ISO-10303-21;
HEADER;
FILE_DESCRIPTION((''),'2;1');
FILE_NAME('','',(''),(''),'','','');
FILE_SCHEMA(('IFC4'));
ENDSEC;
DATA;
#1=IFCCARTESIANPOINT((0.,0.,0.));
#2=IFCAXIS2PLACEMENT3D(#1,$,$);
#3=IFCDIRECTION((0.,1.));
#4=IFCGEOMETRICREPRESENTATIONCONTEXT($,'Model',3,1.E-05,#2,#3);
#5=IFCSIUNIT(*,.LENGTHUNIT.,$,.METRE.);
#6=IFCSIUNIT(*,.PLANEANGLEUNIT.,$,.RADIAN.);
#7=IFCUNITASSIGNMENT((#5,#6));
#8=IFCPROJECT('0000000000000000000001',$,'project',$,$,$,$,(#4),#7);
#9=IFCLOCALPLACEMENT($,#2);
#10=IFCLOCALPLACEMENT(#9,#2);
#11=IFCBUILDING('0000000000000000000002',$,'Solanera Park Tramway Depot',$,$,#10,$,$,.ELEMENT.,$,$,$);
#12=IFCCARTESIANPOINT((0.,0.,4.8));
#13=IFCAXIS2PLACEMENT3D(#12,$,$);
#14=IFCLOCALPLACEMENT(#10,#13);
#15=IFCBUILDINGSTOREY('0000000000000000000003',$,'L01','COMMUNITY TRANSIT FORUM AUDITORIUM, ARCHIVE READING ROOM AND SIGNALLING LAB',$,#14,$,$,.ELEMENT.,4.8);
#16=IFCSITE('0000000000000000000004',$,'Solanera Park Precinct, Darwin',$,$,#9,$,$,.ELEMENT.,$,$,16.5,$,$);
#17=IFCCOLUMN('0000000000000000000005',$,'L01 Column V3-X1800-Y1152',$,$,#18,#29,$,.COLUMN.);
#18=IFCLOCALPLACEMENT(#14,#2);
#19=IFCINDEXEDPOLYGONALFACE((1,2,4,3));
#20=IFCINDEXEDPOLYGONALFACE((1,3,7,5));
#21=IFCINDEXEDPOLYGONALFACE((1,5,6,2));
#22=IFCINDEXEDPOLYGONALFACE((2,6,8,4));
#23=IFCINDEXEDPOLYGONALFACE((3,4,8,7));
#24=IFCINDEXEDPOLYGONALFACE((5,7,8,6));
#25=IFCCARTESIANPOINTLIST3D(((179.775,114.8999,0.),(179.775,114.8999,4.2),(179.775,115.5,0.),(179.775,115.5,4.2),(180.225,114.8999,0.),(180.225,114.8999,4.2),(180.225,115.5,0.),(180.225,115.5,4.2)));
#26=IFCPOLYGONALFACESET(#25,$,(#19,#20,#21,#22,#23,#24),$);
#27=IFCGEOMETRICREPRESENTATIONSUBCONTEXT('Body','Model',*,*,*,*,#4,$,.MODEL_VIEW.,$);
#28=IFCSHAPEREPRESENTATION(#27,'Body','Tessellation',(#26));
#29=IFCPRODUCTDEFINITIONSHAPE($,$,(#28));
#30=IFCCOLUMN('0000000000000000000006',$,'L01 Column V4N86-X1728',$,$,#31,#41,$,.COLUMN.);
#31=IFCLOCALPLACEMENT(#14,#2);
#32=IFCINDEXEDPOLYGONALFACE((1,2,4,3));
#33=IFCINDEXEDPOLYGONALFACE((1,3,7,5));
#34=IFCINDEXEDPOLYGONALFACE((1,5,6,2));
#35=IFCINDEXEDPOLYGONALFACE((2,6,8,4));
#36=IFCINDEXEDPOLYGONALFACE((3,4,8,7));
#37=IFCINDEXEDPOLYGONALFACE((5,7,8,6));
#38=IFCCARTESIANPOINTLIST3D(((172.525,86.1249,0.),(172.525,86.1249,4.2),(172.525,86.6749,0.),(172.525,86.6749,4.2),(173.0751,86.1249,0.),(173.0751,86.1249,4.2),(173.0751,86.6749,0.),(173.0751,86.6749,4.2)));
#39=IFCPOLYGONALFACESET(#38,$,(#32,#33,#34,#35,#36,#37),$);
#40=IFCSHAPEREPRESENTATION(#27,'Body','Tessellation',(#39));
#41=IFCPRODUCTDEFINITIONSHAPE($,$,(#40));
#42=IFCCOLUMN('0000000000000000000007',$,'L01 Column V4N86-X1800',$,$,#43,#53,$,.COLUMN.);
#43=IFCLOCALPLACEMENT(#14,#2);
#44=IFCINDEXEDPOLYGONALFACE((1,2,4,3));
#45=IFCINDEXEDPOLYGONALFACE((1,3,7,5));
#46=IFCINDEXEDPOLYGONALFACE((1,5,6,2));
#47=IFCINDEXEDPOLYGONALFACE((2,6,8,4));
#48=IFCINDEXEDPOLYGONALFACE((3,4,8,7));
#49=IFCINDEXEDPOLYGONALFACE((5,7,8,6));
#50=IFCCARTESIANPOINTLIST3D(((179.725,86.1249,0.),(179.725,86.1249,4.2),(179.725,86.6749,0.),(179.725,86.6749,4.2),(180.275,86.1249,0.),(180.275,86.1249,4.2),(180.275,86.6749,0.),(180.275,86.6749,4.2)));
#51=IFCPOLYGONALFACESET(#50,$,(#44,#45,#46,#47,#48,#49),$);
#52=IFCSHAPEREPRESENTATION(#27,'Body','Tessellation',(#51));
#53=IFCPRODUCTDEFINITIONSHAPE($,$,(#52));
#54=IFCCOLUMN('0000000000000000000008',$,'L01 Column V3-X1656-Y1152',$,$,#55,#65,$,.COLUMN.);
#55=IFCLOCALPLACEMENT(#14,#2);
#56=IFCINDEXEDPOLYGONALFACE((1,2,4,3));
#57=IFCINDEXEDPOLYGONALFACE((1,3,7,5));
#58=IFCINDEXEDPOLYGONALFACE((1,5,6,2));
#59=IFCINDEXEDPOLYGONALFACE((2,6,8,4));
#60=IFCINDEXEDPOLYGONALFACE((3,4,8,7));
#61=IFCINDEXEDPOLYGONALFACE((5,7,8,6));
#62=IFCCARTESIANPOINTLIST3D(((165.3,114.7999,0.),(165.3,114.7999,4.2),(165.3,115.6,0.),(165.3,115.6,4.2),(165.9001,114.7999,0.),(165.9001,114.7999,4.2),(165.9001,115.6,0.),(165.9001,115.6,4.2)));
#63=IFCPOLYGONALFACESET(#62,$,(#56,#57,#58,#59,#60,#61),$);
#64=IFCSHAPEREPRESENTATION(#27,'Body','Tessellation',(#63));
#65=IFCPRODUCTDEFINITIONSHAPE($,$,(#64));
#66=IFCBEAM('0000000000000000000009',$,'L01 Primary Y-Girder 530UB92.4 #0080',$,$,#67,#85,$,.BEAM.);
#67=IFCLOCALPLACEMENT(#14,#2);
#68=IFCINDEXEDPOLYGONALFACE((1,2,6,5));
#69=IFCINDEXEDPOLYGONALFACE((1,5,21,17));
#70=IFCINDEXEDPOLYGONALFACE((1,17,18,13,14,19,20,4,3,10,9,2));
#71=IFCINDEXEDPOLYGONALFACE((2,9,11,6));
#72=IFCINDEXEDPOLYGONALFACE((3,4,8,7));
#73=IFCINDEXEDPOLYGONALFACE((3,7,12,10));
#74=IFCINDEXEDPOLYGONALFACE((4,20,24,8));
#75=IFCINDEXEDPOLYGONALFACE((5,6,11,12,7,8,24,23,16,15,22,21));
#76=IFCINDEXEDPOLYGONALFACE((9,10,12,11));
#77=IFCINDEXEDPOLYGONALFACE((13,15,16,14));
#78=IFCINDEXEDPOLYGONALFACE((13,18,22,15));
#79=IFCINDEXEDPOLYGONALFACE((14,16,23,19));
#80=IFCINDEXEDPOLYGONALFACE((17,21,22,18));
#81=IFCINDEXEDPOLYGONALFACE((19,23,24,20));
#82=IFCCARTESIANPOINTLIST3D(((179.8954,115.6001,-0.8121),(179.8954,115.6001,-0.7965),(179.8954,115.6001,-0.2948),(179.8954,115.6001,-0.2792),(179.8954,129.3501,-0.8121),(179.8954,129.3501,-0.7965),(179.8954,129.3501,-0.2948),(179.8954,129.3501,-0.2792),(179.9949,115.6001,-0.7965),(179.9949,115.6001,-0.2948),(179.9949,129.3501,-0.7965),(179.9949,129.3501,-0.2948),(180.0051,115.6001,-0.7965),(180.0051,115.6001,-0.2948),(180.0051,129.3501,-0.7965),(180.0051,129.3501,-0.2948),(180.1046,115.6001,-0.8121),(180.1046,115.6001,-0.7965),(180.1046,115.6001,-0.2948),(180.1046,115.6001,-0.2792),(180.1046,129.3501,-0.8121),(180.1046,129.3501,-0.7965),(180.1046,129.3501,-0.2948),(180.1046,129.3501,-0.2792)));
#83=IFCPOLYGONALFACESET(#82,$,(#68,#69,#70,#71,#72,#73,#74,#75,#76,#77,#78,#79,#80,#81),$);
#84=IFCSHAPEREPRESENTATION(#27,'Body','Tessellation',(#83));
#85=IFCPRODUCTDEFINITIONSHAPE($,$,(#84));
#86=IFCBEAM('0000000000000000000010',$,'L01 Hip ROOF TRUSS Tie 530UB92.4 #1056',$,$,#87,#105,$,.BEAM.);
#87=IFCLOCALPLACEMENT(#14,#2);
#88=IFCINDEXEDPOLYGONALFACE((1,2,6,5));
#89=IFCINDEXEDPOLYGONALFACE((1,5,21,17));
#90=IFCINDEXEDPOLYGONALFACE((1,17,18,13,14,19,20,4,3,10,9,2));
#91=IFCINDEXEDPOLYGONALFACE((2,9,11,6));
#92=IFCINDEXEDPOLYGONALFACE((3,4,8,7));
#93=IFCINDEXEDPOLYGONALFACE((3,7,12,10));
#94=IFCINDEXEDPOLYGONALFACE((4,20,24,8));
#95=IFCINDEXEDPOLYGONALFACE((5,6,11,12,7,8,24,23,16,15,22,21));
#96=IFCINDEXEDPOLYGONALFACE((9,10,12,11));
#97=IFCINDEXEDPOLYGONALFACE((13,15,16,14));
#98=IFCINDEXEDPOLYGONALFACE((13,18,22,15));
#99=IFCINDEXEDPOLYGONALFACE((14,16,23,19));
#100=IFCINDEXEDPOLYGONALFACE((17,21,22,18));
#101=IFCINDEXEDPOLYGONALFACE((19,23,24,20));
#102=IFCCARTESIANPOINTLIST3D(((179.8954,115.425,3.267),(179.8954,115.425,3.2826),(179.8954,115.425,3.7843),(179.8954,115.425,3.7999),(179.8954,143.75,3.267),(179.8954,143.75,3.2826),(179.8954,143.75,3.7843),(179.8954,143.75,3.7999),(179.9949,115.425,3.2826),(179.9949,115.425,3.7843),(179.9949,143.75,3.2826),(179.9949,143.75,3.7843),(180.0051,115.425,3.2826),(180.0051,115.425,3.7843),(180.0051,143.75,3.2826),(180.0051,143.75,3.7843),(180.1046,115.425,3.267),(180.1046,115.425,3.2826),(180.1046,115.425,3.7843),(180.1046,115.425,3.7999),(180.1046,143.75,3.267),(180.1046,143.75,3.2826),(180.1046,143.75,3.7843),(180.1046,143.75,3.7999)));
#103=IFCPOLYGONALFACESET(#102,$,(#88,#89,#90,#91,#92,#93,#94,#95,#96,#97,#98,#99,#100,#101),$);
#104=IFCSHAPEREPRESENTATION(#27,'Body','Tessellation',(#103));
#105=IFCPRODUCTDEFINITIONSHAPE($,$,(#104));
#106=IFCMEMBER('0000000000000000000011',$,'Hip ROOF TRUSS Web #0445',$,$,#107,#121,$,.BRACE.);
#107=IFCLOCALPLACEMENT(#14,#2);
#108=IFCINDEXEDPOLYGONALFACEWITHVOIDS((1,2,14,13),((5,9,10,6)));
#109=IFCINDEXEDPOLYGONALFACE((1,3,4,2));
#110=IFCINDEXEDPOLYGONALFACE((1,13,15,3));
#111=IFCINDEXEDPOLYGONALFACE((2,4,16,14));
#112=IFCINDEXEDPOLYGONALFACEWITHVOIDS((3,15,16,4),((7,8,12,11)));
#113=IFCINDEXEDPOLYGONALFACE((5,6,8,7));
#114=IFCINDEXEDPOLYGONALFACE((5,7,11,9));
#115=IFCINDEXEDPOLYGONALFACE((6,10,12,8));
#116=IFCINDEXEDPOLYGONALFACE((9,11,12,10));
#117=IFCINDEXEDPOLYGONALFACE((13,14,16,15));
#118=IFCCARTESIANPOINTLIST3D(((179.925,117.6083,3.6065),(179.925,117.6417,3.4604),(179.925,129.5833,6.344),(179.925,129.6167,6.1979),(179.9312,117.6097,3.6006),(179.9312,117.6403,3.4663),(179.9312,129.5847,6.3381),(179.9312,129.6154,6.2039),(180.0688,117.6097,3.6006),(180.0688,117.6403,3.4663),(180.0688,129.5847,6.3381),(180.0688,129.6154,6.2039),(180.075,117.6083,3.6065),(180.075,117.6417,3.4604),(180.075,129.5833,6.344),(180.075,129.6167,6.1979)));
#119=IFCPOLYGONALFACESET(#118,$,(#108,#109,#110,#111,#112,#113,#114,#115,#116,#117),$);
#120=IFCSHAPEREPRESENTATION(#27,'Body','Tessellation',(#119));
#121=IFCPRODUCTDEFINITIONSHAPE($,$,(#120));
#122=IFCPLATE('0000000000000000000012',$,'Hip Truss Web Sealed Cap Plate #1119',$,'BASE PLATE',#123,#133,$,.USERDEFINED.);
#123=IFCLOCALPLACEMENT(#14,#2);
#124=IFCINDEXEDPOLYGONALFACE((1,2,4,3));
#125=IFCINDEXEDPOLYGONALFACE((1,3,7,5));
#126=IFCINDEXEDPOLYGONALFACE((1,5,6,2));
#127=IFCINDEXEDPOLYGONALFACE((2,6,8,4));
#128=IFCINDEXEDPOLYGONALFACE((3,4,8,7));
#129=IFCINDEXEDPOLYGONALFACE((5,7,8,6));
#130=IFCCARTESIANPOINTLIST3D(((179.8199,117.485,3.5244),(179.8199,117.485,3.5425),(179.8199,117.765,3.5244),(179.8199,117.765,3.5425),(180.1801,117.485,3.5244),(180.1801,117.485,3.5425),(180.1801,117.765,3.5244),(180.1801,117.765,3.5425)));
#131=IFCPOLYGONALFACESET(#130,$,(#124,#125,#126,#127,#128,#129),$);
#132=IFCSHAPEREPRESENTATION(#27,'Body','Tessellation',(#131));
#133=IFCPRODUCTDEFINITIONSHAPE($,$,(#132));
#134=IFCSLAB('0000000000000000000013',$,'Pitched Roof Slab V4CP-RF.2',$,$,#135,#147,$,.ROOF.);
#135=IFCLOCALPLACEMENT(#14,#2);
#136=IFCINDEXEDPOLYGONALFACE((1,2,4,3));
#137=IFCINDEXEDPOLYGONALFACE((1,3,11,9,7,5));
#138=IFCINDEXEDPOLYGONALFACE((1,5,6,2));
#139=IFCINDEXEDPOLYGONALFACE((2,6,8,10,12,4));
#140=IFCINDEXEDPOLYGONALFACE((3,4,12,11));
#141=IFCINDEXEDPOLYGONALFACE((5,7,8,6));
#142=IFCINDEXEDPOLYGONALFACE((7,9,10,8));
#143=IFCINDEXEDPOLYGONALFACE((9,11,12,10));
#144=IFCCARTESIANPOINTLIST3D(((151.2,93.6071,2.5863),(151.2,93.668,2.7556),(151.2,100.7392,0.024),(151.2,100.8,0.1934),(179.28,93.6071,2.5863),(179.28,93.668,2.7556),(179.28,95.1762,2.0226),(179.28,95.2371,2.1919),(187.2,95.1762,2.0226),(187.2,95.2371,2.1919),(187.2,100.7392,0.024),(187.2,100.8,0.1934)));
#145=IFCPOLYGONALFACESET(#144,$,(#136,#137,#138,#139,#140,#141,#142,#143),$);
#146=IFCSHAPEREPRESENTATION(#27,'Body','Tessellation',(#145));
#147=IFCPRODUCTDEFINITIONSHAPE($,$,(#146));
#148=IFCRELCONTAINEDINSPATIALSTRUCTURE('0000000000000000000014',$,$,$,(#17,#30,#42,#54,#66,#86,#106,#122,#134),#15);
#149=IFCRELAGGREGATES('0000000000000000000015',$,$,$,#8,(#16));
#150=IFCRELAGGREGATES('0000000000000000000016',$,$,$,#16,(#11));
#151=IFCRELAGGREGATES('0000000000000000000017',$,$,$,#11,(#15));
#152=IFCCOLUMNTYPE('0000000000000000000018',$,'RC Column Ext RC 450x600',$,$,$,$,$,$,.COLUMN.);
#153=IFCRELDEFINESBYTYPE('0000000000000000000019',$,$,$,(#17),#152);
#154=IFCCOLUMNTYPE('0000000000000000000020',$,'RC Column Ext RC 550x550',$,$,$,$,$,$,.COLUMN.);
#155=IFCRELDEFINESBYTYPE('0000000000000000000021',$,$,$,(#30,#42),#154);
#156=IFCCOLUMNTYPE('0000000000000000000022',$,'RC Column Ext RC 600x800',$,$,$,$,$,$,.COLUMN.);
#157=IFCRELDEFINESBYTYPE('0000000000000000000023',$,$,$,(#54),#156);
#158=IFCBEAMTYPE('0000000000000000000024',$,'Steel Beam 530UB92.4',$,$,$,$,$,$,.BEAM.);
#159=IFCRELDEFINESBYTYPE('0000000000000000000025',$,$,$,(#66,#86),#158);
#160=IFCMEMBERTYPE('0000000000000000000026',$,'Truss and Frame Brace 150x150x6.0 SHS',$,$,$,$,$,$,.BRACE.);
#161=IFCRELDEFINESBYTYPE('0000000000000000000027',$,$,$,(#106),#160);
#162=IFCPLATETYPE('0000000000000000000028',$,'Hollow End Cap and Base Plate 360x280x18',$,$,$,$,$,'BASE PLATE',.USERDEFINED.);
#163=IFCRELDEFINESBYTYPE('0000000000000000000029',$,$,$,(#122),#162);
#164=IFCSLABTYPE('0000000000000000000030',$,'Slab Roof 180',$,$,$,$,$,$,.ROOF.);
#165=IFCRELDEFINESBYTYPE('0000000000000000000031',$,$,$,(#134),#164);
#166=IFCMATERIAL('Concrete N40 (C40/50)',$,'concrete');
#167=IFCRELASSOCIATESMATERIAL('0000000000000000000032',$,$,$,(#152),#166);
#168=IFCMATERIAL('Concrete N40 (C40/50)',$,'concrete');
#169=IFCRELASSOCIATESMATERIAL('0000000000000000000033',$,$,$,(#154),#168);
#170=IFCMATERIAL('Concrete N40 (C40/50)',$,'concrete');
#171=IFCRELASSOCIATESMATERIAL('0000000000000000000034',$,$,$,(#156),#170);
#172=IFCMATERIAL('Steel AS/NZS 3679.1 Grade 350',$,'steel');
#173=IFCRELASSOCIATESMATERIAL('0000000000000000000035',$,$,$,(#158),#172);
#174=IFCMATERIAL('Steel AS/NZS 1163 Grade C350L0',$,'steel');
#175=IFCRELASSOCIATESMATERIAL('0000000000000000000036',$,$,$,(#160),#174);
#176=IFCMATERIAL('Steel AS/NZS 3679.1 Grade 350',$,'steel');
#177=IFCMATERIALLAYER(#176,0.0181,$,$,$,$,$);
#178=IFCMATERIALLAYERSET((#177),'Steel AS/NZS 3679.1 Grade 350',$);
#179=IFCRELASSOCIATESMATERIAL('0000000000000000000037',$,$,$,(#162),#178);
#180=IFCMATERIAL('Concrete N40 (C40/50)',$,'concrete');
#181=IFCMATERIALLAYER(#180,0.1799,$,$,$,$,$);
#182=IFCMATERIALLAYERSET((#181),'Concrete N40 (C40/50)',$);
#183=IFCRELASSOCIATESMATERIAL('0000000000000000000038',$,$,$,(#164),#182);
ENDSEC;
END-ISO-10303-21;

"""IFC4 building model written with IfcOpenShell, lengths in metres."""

from ifc_helpers import new_model, si_unit, direction, frame, origin, origin_2d, place, context, subcontext, project, spatial, polyline, rectangle, hollow_rectangle, i_section, outline, extrude, material, layer, layer_set, material_profile, profile_set, type_object, element, save


model = new_model("IFC4")

# Units and contexts
model_context = context("Model", 3, precision=1e-05, world=origin(), true_north=direction((0.0, 1.0)))
body_context = subcontext(model_context, "Body", "Model", "MODEL_VIEW")
ifc_project = project(units=[si_unit("LENGTHUNIT", "METRE"), si_unit("PLANEANGLEUNIT", "RADIAN")], contexts=[model_context])

# Site, building, storey
site_placement = place(None, origin())
site = spatial("IfcSite", under=ifc_project, at=site_placement, Name="Solanera Park Precinct, Darwin", CompositionType="ELEMENT", RefElevation=16.5)
building_placement = place(site_placement, origin())
building = spatial("IfcBuilding", under=site, at=building_placement, Name="Solanera Park Tramway Depot", CompositionType="ELEMENT")
storey_placement = place(building_placement, frame((0.0, 0.0, 4.8)))
storey = spatial("IfcBuildingStorey", under=building, at=storey_placement, Name="L01", Description="COMMUNITY TRANSIT FORUM AUDITORIUM, ARCHIVE READING ROOM AND SIGNALLING LAB", CompositionType="ELEMENT", Elevation=4.8)

# Columns
ifc_material_1 = material(Name="Concrete N40 (C40/50)", Category="concrete")
ifc_material_profile_1 = material_profile(ifc_material_1, rectangle(XDim=0.45, YDim=0.6001, at=origin_2d()), Name="RC 450x600")
ifc_profile_set_1 = profile_set([ifc_material_profile_1], Name="Concrete N40 (C40/50)")
column_type_1 = type_object("IfcColumnType", Name="RC Column Ext RC 450x600", PredefinedType="COLUMN", material=ifc_profile_set_1)
column_1_placement = place(storey_placement, frame((180.0, 115.2, 0.0), z_axis=(0.0, 0.0, 1.0), x_axis=(1.0, 0.0, 0.0)))
element("IfcColumn", 1, at=column_1_placement, inside=storey, type_object=column_type_1, Name="L01 Column V3-X1800-Y1152", PredefinedType="COLUMN", context=body_context, shape_type="SweptSolid", body=[
    extrude(rectangle(XDim=0.45, YDim=0.6001, at=origin_2d()), origin(), (0.0, 0.0, 1.0), 4.2),
])
ifc_material_2 = material(Name="Concrete N40 (C40/50)", Category="concrete")
ifc_material_profile_2 = material_profile(ifc_material_2, rectangle(XDim=0.55, YDim=0.55, at=origin_2d()), Name="RC 550x550")
ifc_profile_set_2 = profile_set([ifc_material_profile_2], Name="Concrete N40 (C40/50)")
column_type_2 = type_object("IfcColumnType", Name="RC Column Ext RC 550x550", PredefinedType="COLUMN", material=ifc_profile_set_2)
for number, where, z_axis, x_axis, name in (
    (2, (172.8, 86.3999, 0.0), (0.0, 0.0, 1.0), (1.0, 0.0, 0.0), "L01 Column V4N86-X1728"),
    (3, (180.0, 86.3999, 0.0), (0.0, 0.0, 1.0), (1.0, 0.0, 0.0), "L01 Column V4N86-X1800"),
):
    element("IfcColumn", number, at=place(storey_placement, frame(where, z_axis=z_axis, x_axis=x_axis)), inside=storey, type_object=column_type_2, Name=name, PredefinedType="COLUMN", context=body_context, shape_type="SweptSolid", body=[
        extrude(rectangle(XDim=0.55, YDim=0.55, at=origin_2d()), origin(), (0.0, 0.0, 1.0), 4.2),
    ])
ifc_material_3 = material(Name="Concrete N40 (C40/50)", Category="concrete")
ifc_material_profile_3 = material_profile(ifc_material_3, rectangle(XDim=0.6001, YDim=0.8, at=origin_2d()), Name="RC 600x800")
ifc_profile_set_3 = profile_set([ifc_material_profile_3], Name="Concrete N40 (C40/50)")
column_type_3 = type_object("IfcColumnType", Name="RC Column Ext RC 600x800", PredefinedType="COLUMN", material=ifc_profile_set_3)
column_2_placement = place(storey_placement, frame((165.6001, 115.2, 0.0), z_axis=(0.0, 0.0, 1.0), x_axis=(1.0, 0.0, 0.0)))
element("IfcColumn", 4, at=column_2_placement, inside=storey, type_object=column_type_3, Name="L01 Column V3-X1656-Y1152", PredefinedType="COLUMN", context=body_context, shape_type="SweptSolid", body=[
    extrude(rectangle(XDim=0.6001, YDim=0.8, at=origin_2d()), origin(), (0.0, 0.0, 1.0), 4.2),
])

# Beams
ifc_material_4 = material(Name="Steel AS/NZS 3679.1 Grade 350", Category="steel")
ifc_material_profile_4 = material_profile(ifc_material_4, i_section(OverallWidth=0.2092, OverallDepth=0.533, WebThickness=0.0103, FlangeThickness=0.0156, at=origin_2d()), Name="530UB92.4")
ifc_profile_set_4 = profile_set([ifc_material_profile_4], Name="Steel AS/NZS 3679.1 Grade 350")
beam_type = type_object("IfcBeamType", Name="Steel Beam 530UB92.4", PredefinedType="BEAM", material=ifc_profile_set_4)
beam_1_placement = place(storey_placement, frame((180.0, 115.6001, -0.5457), z_axis=(0.0, 1.0, 0.0), x_axis=(-1.0, 0.0, 0.0)))
element("IfcBeam", 5, at=beam_1_placement, inside=storey, type_object=beam_type, Name="L01 Primary Y-Girder 530UB92.4 #0080", PredefinedType="BEAM", context=body_context, shape_type="SweptSolid", body=[
    extrude(i_section(OverallWidth=0.2092, OverallDepth=0.533, WebThickness=0.0103, FlangeThickness=0.0156, at=origin_2d()), origin(), (0.0, 0.0, 1.0), 13.75),
])
beam_2_placement = place(storey_placement, frame((180.0, 115.425, 3.5334), z_axis=(0.0, 1.0, 0.0), x_axis=(-1.0, 0.0, 0.0)))
element("IfcBeam", 6, at=beam_2_placement, inside=storey, type_object=beam_type, Name="L01 Hip ROOF TRUSS Tie 530UB92.4 #1056", PredefinedType="BEAM", context=body_context, shape_type="SweptSolid", body=[
    extrude(i_section(OverallWidth=0.2092, OverallDepth=0.533, WebThickness=0.0103, FlangeThickness=0.0156, at=origin_2d()), origin(), (0.0, 0.0, 1.0), 28.325),
])

# Member
ifc_material_5 = material(Name="Steel AS/NZS 1163 Grade C350L0", Category="steel")
ifc_material_profile_5 = material_profile(ifc_material_5, hollow_rectangle(XDim=0.1499, YDim=0.1499, WallThickness=0.0061, at=origin_2d()), Name="150x150x6.0 SHS")
ifc_profile_set_5 = profile_set([ifc_material_profile_5], Name="Steel AS/NZS 1163 Grade C350L0")
member_type = type_object("IfcMemberType", Name="Truss and Frame Brace 150x150x6.0 SHS", PredefinedType="BRACE", material=ifc_profile_set_5)
member_placement = place(storey_placement, frame((180.0, 117.625, 3.5334), z_axis=(0.0, 0.974852, 0.222854), x_axis=(-1.0, 0.0, 0.0)))
element("IfcMember", 7, at=member_placement, inside=storey, type_object=member_type, Name="Hip ROOF TRUSS Web #0445", PredefinedType="BRACE", context=body_context, shape_type="SweptSolid", body=[
    extrude(hollow_rectangle(XDim=0.1499, YDim=0.1499, WallThickness=0.0061, at=origin_2d()), origin(), (0.0, 0.0, 1.0), 12.2839),
])

# Plate
ifc_material_6 = material(Name="Steel AS/NZS 3679.1 Grade 350", Category="steel")
ifc_layer_1 = layer(ifc_material_6, 0.0181)
ifc_layer_set_1 = layer_set([ifc_layer_1], Name="Steel AS/NZS 3679.1 Grade 350")
plate_type = type_object("IfcPlateType", Name="Hollow End Cap and Base Plate 360x280x18", ElementType="BASE PLATE", PredefinedType="USERDEFINED", material=ifc_layer_set_1)
plate_placement = place(storey_placement, frame((180.0, 117.625, 3.5244), z_axis=(0.0, 0.0, 1.0), x_axis=(1.0, 0.0, 0.0)))
element("IfcPlate", 8, at=plate_placement, inside=storey, type_object=plate_type, Name="Hip Truss Web Sealed Cap Plate #1119", ObjectType="BASE PLATE", PredefinedType="USERDEFINED", context=body_context, shape_type="SweptSolid", body=[
    extrude(rectangle(XDim=0.3601, YDim=0.28, at=origin_2d()), origin(), (0.0, 0.0, 1.0), 0.0181),
])

# Slab
ifc_material_7 = material(Name="Concrete N40 (C40/50)", Category="concrete")
ifc_layer_2 = layer(ifc_material_7, 0.1799)
ifc_layer_set_2 = layer_set([ifc_layer_2], Name="Concrete N40 (C40/50)")
slab_type = type_object("IfcSlabType", Name="Slab Roof 180", PredefinedType="ROOF", material=ifc_layer_set_2)
slab_placement = place(storey_placement, frame((151.2, 93.668, 2.7556), z_axis=(0.0, 0.338101, 0.94111), x_axis=(1.0, 0.0, 0.0)))
element("IfcSlab", 9, at=slab_placement, inside=storey, type_object=slab_type, Name="Pitched Roof Slab V4CP-RF.2", PredefinedType="ROOF", context=body_context, shape_type="SweptSolid", body=[
    extrude(outline(polyline([(0.0, 0.0), (28.0801, 0.0), (28.0801, 1.6673), (36.0, 1.6673), (36.0, 7.5784), (0.0, 7.5784), (0.0, 0.0)])), origin(), (0.0, 0.0, -1.0), 0.1799),
])

save(model, "model.ifc")
